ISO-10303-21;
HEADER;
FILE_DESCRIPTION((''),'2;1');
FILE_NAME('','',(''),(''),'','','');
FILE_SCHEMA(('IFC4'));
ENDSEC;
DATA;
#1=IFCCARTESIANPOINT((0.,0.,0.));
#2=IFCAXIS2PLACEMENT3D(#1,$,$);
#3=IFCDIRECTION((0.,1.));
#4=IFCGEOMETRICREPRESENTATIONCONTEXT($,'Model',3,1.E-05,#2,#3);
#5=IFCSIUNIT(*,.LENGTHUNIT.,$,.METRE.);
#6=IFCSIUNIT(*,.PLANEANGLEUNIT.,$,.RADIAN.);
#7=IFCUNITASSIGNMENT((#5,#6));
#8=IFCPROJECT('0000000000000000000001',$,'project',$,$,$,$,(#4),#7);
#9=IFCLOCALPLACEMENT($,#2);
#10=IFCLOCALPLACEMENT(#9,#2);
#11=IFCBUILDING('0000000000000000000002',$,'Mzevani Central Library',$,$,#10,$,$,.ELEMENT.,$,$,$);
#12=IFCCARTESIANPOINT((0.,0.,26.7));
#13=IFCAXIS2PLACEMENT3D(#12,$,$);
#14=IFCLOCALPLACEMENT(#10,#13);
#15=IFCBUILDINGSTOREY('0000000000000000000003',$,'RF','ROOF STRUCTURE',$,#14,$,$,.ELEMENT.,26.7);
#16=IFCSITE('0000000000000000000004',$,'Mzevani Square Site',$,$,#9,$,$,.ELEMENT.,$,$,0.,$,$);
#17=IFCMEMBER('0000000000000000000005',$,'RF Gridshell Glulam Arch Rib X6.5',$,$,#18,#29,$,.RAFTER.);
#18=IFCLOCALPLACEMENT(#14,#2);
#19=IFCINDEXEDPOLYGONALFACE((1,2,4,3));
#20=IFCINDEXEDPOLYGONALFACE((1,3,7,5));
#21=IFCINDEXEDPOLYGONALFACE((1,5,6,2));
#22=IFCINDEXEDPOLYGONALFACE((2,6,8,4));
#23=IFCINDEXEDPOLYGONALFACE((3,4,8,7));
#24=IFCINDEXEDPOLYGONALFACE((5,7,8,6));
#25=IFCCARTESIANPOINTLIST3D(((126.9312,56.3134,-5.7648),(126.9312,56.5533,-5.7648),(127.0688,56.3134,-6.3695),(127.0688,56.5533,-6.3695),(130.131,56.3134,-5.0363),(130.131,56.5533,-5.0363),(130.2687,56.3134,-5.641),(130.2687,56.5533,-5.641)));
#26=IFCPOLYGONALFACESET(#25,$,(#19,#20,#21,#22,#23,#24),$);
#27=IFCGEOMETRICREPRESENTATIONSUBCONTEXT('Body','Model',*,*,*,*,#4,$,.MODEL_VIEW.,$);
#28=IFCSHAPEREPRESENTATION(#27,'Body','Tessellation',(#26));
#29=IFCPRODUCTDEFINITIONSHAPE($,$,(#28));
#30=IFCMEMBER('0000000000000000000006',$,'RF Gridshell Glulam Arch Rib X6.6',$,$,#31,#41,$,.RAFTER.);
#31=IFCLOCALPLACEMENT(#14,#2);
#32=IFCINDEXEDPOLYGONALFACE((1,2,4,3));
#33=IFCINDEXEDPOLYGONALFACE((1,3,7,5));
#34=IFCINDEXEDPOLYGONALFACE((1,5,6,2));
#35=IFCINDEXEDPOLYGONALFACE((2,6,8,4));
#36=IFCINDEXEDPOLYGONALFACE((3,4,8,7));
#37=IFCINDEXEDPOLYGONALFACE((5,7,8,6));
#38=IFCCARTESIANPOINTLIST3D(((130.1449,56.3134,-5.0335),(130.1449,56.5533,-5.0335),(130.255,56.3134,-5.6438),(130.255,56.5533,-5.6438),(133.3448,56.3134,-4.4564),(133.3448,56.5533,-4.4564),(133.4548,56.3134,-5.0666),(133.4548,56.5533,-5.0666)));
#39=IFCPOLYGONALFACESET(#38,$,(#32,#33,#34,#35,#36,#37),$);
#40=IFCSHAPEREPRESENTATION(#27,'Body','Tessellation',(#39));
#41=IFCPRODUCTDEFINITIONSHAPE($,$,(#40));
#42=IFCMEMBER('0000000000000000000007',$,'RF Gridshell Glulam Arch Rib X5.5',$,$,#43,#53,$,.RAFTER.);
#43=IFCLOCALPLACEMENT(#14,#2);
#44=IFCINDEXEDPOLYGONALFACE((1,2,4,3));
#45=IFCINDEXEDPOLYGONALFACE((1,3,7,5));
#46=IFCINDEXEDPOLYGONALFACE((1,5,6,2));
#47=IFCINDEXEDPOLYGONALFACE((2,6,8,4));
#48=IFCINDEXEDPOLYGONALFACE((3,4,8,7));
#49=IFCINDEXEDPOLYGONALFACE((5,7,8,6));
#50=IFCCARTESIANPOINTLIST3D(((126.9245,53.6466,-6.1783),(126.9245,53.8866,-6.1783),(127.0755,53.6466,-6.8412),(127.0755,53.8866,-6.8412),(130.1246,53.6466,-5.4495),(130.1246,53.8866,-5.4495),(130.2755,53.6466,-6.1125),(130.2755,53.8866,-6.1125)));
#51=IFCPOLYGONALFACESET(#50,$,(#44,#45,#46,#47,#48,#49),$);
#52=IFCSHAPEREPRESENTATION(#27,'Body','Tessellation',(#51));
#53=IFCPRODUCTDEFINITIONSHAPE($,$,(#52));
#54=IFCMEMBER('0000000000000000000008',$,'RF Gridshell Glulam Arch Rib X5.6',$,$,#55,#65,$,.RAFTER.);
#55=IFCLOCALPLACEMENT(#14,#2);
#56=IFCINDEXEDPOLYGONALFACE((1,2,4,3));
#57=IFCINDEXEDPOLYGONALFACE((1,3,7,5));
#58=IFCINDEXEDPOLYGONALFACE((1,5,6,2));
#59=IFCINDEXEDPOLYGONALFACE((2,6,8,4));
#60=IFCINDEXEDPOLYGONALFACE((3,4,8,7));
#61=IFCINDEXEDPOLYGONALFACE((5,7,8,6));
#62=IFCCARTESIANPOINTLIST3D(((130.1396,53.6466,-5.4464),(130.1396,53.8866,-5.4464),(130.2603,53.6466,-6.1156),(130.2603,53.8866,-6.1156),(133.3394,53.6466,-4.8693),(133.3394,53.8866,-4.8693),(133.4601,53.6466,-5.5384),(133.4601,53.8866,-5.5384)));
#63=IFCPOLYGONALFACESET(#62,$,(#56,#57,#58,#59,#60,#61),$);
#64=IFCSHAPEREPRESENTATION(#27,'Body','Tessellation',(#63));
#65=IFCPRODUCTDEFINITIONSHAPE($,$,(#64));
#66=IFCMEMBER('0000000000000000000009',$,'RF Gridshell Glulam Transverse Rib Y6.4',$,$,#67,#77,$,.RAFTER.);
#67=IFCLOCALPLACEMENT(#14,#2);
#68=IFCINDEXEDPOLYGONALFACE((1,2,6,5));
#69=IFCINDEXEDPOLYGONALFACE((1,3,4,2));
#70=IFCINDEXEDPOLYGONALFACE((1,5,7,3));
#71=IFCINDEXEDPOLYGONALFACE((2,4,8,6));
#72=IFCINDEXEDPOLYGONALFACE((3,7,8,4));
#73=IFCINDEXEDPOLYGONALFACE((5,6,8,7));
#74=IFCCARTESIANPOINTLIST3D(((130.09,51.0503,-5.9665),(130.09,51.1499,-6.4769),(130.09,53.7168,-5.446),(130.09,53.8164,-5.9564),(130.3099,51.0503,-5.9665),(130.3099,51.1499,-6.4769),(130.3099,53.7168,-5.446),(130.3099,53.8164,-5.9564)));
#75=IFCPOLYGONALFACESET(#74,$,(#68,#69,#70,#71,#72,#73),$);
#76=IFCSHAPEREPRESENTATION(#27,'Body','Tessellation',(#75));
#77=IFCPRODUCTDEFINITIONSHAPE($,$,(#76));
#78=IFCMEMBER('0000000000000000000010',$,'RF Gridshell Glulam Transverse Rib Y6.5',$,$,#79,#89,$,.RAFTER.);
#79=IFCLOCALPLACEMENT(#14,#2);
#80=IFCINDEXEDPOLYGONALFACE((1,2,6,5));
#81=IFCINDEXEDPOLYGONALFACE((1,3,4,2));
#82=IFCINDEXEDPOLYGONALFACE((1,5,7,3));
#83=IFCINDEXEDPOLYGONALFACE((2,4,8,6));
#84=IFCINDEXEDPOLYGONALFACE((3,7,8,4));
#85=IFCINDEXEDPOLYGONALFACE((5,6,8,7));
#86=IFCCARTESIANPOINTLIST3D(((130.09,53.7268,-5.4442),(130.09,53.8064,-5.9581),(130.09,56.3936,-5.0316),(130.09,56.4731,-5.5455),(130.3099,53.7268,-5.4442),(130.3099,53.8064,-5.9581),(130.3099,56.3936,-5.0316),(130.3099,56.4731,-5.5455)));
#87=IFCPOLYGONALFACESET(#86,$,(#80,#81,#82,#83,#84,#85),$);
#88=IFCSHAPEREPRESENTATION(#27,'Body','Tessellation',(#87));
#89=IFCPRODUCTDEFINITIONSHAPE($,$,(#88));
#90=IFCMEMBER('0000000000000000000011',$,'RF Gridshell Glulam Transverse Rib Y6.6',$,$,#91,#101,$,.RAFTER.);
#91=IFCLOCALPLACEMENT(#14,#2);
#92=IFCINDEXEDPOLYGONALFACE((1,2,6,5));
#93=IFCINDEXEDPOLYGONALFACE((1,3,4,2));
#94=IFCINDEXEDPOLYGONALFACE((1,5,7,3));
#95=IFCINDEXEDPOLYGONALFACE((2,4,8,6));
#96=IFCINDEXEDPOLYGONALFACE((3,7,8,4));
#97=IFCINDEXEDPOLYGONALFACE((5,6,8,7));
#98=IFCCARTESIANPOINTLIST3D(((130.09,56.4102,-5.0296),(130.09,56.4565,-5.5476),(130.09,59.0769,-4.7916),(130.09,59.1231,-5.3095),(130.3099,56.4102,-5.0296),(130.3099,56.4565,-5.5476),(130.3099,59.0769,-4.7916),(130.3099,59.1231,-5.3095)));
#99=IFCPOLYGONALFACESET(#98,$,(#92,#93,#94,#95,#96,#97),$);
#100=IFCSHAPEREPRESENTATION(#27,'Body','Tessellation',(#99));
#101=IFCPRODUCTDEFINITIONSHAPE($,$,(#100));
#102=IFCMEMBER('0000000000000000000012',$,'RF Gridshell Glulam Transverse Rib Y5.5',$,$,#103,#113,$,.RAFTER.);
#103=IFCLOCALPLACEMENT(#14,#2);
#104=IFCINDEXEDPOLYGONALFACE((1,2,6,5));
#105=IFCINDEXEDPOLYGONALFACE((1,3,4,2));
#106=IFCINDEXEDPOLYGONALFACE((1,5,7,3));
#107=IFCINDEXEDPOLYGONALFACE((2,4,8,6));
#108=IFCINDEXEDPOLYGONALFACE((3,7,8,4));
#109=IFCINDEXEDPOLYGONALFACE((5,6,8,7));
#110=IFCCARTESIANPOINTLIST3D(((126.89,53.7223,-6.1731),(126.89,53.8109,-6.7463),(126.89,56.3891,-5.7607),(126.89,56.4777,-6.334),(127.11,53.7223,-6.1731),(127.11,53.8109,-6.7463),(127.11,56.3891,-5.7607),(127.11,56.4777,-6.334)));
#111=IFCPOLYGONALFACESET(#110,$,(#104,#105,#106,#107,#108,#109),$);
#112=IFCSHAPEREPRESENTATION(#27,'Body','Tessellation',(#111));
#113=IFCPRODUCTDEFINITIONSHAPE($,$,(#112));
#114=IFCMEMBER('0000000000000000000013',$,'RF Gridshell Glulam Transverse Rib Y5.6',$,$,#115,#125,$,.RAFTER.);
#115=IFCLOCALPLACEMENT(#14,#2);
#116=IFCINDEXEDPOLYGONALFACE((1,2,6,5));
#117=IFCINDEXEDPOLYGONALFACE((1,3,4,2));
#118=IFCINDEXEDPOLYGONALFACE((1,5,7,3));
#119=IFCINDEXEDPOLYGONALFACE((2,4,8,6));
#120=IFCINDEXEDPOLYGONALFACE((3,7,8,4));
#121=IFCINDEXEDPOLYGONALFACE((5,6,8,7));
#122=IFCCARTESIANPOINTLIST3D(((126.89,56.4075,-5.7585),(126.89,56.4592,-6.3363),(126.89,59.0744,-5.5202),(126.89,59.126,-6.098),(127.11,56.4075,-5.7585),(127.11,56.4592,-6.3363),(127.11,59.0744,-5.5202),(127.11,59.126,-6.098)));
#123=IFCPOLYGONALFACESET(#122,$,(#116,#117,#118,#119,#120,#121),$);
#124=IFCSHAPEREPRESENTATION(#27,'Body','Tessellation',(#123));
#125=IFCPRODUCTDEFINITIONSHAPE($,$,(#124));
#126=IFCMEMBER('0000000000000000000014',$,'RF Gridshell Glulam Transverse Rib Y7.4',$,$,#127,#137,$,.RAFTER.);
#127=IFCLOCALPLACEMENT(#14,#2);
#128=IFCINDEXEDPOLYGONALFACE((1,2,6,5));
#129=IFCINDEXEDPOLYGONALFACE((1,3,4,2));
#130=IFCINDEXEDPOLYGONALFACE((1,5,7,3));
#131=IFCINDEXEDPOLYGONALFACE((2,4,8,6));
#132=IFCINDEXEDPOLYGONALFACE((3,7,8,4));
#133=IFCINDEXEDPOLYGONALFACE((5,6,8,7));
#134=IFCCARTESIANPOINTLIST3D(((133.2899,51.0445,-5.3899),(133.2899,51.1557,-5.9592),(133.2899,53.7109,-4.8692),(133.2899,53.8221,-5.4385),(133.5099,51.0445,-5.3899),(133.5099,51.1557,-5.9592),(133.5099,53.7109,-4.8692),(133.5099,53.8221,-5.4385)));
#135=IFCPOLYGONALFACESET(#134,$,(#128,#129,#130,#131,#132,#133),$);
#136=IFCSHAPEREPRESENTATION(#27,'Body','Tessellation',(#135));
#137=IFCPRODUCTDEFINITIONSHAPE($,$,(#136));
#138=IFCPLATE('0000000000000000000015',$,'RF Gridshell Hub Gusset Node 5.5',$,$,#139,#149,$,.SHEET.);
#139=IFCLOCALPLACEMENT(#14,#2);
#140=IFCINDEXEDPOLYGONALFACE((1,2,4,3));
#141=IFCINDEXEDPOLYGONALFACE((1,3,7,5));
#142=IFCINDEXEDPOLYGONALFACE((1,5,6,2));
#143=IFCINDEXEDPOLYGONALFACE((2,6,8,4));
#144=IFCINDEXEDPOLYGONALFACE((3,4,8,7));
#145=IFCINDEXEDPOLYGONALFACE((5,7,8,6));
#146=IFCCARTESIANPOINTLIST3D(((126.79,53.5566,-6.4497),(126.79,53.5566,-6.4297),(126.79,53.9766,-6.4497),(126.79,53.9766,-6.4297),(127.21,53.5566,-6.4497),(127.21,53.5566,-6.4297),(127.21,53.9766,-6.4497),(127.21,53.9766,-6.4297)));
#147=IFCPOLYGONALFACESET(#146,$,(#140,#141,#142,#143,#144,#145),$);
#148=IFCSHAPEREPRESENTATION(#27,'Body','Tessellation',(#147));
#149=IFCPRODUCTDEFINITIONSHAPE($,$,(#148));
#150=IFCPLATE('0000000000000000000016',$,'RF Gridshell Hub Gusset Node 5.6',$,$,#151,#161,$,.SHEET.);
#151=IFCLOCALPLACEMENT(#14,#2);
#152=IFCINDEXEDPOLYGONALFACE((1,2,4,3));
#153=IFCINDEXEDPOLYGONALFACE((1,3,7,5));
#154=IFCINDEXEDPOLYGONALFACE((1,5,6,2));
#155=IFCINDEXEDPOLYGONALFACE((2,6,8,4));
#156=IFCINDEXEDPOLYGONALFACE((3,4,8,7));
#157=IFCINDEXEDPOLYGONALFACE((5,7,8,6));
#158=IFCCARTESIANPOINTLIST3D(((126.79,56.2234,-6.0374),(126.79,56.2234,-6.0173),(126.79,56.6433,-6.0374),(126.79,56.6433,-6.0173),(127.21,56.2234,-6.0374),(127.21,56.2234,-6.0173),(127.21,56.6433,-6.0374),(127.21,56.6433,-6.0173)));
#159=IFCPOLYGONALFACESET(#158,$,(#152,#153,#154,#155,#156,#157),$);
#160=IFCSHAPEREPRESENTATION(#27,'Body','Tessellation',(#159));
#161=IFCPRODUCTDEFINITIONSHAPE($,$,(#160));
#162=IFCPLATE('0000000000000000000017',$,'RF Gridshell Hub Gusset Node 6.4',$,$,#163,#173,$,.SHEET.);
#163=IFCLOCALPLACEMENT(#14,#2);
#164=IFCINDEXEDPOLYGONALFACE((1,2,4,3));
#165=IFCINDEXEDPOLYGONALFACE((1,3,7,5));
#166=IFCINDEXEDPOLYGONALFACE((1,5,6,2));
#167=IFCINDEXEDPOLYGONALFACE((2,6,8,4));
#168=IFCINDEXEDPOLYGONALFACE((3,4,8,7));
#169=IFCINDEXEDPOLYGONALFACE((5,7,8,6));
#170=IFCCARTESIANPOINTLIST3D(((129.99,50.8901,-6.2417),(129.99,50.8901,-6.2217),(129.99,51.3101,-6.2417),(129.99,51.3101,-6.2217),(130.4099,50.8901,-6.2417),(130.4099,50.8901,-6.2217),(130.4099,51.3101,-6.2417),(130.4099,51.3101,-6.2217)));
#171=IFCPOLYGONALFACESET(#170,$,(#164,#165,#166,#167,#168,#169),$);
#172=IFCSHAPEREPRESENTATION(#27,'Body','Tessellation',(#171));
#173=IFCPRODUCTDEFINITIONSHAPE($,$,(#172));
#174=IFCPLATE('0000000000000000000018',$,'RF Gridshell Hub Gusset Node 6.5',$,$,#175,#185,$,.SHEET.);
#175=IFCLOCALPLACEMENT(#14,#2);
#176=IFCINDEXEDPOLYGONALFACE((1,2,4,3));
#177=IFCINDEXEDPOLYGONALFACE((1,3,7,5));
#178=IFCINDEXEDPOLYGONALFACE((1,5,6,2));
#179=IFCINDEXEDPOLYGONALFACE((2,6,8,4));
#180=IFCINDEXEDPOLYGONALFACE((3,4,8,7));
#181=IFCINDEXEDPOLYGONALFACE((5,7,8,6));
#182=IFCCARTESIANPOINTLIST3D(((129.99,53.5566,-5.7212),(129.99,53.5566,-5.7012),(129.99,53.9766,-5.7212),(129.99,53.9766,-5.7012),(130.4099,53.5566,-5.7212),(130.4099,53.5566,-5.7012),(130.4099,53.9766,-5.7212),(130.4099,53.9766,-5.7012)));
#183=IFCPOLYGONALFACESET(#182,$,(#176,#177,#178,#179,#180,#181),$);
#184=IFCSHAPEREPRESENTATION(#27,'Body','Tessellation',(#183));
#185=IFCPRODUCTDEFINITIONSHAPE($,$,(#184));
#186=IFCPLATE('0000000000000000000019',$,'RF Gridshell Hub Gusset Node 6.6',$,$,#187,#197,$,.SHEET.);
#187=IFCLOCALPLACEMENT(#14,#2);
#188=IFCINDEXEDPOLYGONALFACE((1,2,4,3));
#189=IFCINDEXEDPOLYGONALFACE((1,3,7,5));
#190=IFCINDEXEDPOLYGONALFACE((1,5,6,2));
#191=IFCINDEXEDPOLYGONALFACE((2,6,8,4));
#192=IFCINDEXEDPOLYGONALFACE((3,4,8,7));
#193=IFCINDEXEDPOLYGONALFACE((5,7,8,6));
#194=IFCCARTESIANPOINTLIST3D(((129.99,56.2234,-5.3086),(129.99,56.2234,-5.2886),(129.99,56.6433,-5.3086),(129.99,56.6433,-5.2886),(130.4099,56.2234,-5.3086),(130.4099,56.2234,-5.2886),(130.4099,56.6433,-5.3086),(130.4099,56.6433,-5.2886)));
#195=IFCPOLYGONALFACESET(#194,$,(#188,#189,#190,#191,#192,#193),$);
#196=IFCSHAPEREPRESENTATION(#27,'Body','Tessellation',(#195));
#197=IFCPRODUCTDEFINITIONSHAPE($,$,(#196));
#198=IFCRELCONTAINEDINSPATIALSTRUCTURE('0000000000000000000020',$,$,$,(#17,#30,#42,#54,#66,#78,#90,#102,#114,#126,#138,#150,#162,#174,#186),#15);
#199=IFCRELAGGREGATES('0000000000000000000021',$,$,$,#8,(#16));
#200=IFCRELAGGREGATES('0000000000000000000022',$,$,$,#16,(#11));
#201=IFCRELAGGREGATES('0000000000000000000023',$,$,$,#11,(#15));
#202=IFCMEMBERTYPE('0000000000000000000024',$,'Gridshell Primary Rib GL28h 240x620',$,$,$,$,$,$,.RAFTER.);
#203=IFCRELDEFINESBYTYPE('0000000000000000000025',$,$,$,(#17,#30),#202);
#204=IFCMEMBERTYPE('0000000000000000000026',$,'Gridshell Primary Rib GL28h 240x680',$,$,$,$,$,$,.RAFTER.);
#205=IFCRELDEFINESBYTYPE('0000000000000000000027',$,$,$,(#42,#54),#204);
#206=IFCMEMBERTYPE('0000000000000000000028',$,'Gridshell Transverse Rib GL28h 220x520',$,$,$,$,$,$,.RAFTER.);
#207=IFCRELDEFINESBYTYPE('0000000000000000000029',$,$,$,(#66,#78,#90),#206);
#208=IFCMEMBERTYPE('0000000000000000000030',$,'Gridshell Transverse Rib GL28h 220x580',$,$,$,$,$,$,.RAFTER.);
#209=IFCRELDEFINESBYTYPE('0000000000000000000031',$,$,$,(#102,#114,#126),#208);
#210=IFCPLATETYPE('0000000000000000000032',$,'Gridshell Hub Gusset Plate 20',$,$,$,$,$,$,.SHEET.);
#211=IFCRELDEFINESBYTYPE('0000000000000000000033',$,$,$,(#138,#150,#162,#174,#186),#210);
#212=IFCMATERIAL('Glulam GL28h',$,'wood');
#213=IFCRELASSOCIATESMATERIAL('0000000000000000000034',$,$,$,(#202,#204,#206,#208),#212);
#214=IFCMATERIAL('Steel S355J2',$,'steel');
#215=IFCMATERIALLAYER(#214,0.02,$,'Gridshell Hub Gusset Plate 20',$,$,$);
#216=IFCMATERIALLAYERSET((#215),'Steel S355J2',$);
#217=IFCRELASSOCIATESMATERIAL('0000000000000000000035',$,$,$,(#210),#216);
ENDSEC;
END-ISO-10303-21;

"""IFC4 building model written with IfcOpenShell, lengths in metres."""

from ifc_helpers import new_model, si_unit, direction, frame, origin, origin_2d, place, context, subcontext, project, spatial, rectangle, extrude, material, layer, layer_set, material_profile, profile_set, type_object, element, save


model = new_model("IFC4")

# Units and contexts
model_context = context("Model", 3, precision=1e-05, world=origin(), true_north=direction((0.0, 1.0)))
body_context = subcontext(model_context, "Body", "Model", "MODEL_VIEW")
ifc_project = project(units=[si_unit("LENGTHUNIT", "METRE"), si_unit("PLANEANGLEUNIT", "RADIAN")], contexts=[model_context])

# Site, building, storey
site_placement = place(None, origin())
site = spatial("IfcSite", under=ifc_project, at=site_placement, Name="Mzevani Square Site", CompositionType="ELEMENT", RefElevation=0.0)
building_placement = place(site_placement, origin())
building = spatial("IfcBuilding", under=site, at=building_placement, Name="Mzevani Central Library", CompositionType="ELEMENT")
storey_placement = place(building_placement, frame((0.0, 0.0, 26.7)))
storey = spatial("IfcBuildingStorey", under=building, at=storey_placement, Name="RF", Description="ROOF STRUCTURE", CompositionType="ELEMENT", Elevation=26.7)

# Members
ifc_material_1 = material(Name="Steel S355J2", Category="steel")
ifc_material_2 = material(Name="Glulam GL28h", Category="wood")
ifc_material_profile_1 = material_profile(ifc_material_2, rectangle(XDim=0.24, YDim=0.6201, at=origin_2d()), Name="GL28h 240x620")
ifc_profile_set_1 = profile_set([ifc_material_profile_1], Name="Glulam GL28h")
member_type_1 = type_object("IfcMemberType", Name="Gridshell Primary Rib GL28h 240x620", PredefinedType="RAFTER", material=ifc_profile_set_1)
member_1_placement = place(storey_placement, frame((127.0, 56.4333, -6.0671), z_axis=(0.97505, 0.0, 0.221984), x_axis=(0.0, 1.0, 0.0)))
element("IfcMember", 1, at=member_1_placement, inside=storey, type_object=member_type_1, Name="RF Gridshell Glulam Arch Rib X6.5", PredefinedType="RAFTER", context=body_context, shape_type="SweptSolid", body=[
    extrude(rectangle(XDim=0.24, YDim=0.6201, at=origin_2d()), origin(), (0.0, 0.0, 1.0), 3.2817),
])
member_2_placement = place(storey_placement, frame((130.2, 56.4333, -5.3386), z_axis=(0.984121, 0.0, 0.177498), x_axis=(0.0, 1.0, 0.0)))
element("IfcMember", 2, at=member_2_placement, inside=storey, type_object=member_type_1, Name="RF Gridshell Glulam Arch Rib X6.6", PredefinedType="RAFTER", context=body_context, shape_type="SweptSolid", body=[
    extrude(rectangle(XDim=0.24, YDim=0.6201, at=origin_2d()), origin(), (0.0, 0.0, 1.0), 3.2515),
])
ifc_material_profile_2 = material_profile(ifc_material_2, rectangle(XDim=0.24, YDim=0.6799, at=origin_2d()), Name="GL28h 240x680")
ifc_profile_set_2 = profile_set([ifc_material_profile_2], Name="Glulam GL28h")
member_type_2 = type_object("IfcMemberType", Name="Gridshell Primary Rib GL28h 240x680", PredefinedType="RAFTER", material=ifc_profile_set_2)
member_3_placement = place(storey_placement, frame((127.0, 53.7666, -6.5098), z_axis=(0.975034, 0.0, 0.222055), x_axis=(0.0, 1.0, 0.0)))
element("IfcMember", 3, at=member_3_placement, inside=storey, type_object=member_type_2, Name="RF Gridshell Glulam Arch Rib X5.5", PredefinedType="RAFTER", context=body_context, shape_type="SweptSolid", body=[
    extrude(rectangle(XDim=0.24, YDim=0.6799, at=origin_2d()), origin(), (0.0, 0.0, 1.0), 3.282),
])
member_4_placement = place(storey_placement, frame((130.2, 53.7666, -5.781), z_axis=(0.984121, 0.0, 0.177498), x_axis=(0.0, 1.0, 0.0)))
element("IfcMember", 4, at=member_4_placement, inside=storey, type_object=member_type_2, Name="RF Gridshell Glulam Arch Rib X5.6", PredefinedType="RAFTER", context=body_context, shape_type="SweptSolid", body=[
    extrude(rectangle(XDim=0.24, YDim=0.6799, at=origin_2d()), origin(), (0.0, 0.0, 1.0), 3.2515),
])
ifc_material_profile_3 = material_profile(ifc_material_2, rectangle(XDim=0.22, YDim=0.52, at=origin_2d()), Name="GL28h 220x520")
ifc_profile_set_3 = profile_set([ifc_material_profile_3], Name="Glulam GL28h")
member_type_3 = type_object("IfcMemberType", Name="Gridshell Transverse Rib GL28h 220x520", PredefinedType="RAFTER", material=ifc_profile_set_3)
member_5_placement = place(storey_placement, frame((130.2, 51.1001, -6.2217), z_axis=(0.0, 0.981476, 0.191586), x_axis=(-1.0, 0.0, 0.0)))
element("IfcMember", 5, at=member_5_placement, inside=storey, type_object=member_type_3, Name="RF Gridshell Glulam Transverse Rib Y6.4", PredefinedType="RAFTER", context=body_context, shape_type="SweptSolid", body=[
    extrude(rectangle(XDim=0.22, YDim=0.52, at=origin_2d()), origin(), (0.0, 0.0, 1.0), 2.7168),
])
member_6_placement = place(storey_placement, frame((130.2, 53.7666, -5.7012), z_axis=(0.0, 0.988242, 0.1529), x_axis=(-1.0, 0.0, 0.0)))
element("IfcMember", 6, at=member_6_placement, inside=storey, type_object=member_type_3, Name="RF Gridshell Glulam Transverse Rib Y6.5", PredefinedType="RAFTER", context=body_context, shape_type="SweptSolid", body=[
    extrude(rectangle(XDim=0.22, YDim=0.52, at=origin_2d()), origin(), (0.0, 0.0, 1.0), 2.6985),
])
member_7_placement = place(storey_placement, frame((130.2, 56.4333, -5.2886), z_axis=(0.0, 0.99604, 0.088908), x_axis=(-1.0, 0.0, 0.0)))
element("IfcMember", 7, at=member_7_placement, inside=storey, type_object=member_type_3, Name="RF Gridshell Glulam Transverse Rib Y6.6", PredefinedType="RAFTER", context=body_context, shape_type="SweptSolid", body=[
    extrude(rectangle(XDim=0.22, YDim=0.52, at=origin_2d()), origin(), (0.0, 0.0, 1.0), 2.6772),
])
ifc_material_profile_4 = material_profile(ifc_material_2, rectangle(XDim=0.22, YDim=0.5801, at=origin_2d()), Name="GL28h 220x580")
ifc_profile_set_4 = profile_set([ifc_material_profile_4], Name="Glulam GL28h")
member_type_4 = type_object("IfcMemberType", Name="Gridshell Transverse Rib GL28h 220x580", PredefinedType="RAFTER", material=ifc_profile_set_4)
member_8_placement = place(storey_placement, frame((127.0, 53.7666, -6.4597), z_axis=(0.0, 0.988255, 0.152812), x_axis=(-1.0, 0.0, 0.0)))
element("IfcMember", 8, at=member_8_placement, inside=storey, type_object=member_type_4, Name="RF Gridshell Glulam Transverse Rib Y5.5", PredefinedType="RAFTER", context=body_context, shape_type="SweptSolid", body=[
    extrude(rectangle(XDim=0.22, YDim=0.5801, at=origin_2d()), origin(), (0.0, 0.0, 1.0), 2.6985),
])
member_9_placement = place(storey_placement, frame((127.0, 56.4333, -6.0474), z_axis=(0.0, 0.996032, 0.088998), x_axis=(-1.0, 0.0, 0.0)))
element("IfcMember", 9, at=member_9_placement, inside=storey, type_object=member_type_4, Name="RF Gridshell Glulam Transverse Rib Y5.6", PredefinedType="RAFTER", context=body_context, shape_type="SweptSolid", body=[
    extrude(rectangle(XDim=0.22, YDim=0.5801, at=origin_2d()), origin(), (0.0, 0.0, 1.0), 2.6775),
])
member_10_placement = place(storey_placement, frame((133.3999, 51.1001, -5.6746), z_axis=(0.0, 0.981459, 0.191673), x_axis=(-1.0, 0.0, 0.0)))
element("IfcMember", 10, at=member_10_placement, inside=storey, type_object=member_type_4, Name="RF Gridshell Glulam Transverse Rib Y7.4", PredefinedType="RAFTER", context=body_context, shape_type="SweptSolid", body=[
    extrude(rectangle(XDim=0.22, YDim=0.5801, at=origin_2d()), origin(), (0.0, 0.0, 1.0), 2.7168),
])

# Plates
ifc_layer_1 = layer(ifc_material_1, 0.02, Name="Gridshell Hub Gusset Plate 20")
ifc_layer_set_1 = layer_set([ifc_layer_1], Name="Steel S355J2")
plate_type = type_object("IfcPlateType", Name="Gridshell Hub Gusset Plate 20", PredefinedType="SHEET", material=ifc_layer_set_1)
for number, where, z_axis, x_axis, name in (
    (11, (127.0, 53.7666, -6.4497), (0.0, 0.0, 1.0), (1.0, 0.0, 0.0), "RF Gridshell Hub Gusset Node 5.5"),
    (12, (127.0, 56.4333, -6.0374), (0.0, 0.0, 1.0), (1.0, 0.0, 0.0), "RF Gridshell Hub Gusset Node 5.6"),
    (13, (130.2, 51.1001, -6.2417), (0.0, 0.0, 1.0), (1.0, 0.0, 0.0), "RF Gridshell Hub Gusset Node 6.4"),
    (14, (130.2, 53.7666, -5.7212), (0.0, 0.0, 1.0), (1.0, 0.0, 0.0), "RF Gridshell Hub Gusset Node 6.5"),
    (15, (130.2, 56.4333, -5.3086), (0.0, 0.0, 1.0), (1.0, 0.0, 0.0), "RF Gridshell Hub Gusset Node 6.6"),
):
    element("IfcPlate", number, at=place(storey_placement, frame(where, z_axis=z_axis, x_axis=x_axis)), inside=storey, type_object=plate_type, Name=name, PredefinedType="SHEET", context=body_context, shape_type="SweptSolid", body=[
        extrude(rectangle(XDim=0.4199, YDim=0.4199, at=origin_2d()), origin(), (0.0, 0.0, 1.0), 0.02),
    ])

save(model, "model.ifc")
